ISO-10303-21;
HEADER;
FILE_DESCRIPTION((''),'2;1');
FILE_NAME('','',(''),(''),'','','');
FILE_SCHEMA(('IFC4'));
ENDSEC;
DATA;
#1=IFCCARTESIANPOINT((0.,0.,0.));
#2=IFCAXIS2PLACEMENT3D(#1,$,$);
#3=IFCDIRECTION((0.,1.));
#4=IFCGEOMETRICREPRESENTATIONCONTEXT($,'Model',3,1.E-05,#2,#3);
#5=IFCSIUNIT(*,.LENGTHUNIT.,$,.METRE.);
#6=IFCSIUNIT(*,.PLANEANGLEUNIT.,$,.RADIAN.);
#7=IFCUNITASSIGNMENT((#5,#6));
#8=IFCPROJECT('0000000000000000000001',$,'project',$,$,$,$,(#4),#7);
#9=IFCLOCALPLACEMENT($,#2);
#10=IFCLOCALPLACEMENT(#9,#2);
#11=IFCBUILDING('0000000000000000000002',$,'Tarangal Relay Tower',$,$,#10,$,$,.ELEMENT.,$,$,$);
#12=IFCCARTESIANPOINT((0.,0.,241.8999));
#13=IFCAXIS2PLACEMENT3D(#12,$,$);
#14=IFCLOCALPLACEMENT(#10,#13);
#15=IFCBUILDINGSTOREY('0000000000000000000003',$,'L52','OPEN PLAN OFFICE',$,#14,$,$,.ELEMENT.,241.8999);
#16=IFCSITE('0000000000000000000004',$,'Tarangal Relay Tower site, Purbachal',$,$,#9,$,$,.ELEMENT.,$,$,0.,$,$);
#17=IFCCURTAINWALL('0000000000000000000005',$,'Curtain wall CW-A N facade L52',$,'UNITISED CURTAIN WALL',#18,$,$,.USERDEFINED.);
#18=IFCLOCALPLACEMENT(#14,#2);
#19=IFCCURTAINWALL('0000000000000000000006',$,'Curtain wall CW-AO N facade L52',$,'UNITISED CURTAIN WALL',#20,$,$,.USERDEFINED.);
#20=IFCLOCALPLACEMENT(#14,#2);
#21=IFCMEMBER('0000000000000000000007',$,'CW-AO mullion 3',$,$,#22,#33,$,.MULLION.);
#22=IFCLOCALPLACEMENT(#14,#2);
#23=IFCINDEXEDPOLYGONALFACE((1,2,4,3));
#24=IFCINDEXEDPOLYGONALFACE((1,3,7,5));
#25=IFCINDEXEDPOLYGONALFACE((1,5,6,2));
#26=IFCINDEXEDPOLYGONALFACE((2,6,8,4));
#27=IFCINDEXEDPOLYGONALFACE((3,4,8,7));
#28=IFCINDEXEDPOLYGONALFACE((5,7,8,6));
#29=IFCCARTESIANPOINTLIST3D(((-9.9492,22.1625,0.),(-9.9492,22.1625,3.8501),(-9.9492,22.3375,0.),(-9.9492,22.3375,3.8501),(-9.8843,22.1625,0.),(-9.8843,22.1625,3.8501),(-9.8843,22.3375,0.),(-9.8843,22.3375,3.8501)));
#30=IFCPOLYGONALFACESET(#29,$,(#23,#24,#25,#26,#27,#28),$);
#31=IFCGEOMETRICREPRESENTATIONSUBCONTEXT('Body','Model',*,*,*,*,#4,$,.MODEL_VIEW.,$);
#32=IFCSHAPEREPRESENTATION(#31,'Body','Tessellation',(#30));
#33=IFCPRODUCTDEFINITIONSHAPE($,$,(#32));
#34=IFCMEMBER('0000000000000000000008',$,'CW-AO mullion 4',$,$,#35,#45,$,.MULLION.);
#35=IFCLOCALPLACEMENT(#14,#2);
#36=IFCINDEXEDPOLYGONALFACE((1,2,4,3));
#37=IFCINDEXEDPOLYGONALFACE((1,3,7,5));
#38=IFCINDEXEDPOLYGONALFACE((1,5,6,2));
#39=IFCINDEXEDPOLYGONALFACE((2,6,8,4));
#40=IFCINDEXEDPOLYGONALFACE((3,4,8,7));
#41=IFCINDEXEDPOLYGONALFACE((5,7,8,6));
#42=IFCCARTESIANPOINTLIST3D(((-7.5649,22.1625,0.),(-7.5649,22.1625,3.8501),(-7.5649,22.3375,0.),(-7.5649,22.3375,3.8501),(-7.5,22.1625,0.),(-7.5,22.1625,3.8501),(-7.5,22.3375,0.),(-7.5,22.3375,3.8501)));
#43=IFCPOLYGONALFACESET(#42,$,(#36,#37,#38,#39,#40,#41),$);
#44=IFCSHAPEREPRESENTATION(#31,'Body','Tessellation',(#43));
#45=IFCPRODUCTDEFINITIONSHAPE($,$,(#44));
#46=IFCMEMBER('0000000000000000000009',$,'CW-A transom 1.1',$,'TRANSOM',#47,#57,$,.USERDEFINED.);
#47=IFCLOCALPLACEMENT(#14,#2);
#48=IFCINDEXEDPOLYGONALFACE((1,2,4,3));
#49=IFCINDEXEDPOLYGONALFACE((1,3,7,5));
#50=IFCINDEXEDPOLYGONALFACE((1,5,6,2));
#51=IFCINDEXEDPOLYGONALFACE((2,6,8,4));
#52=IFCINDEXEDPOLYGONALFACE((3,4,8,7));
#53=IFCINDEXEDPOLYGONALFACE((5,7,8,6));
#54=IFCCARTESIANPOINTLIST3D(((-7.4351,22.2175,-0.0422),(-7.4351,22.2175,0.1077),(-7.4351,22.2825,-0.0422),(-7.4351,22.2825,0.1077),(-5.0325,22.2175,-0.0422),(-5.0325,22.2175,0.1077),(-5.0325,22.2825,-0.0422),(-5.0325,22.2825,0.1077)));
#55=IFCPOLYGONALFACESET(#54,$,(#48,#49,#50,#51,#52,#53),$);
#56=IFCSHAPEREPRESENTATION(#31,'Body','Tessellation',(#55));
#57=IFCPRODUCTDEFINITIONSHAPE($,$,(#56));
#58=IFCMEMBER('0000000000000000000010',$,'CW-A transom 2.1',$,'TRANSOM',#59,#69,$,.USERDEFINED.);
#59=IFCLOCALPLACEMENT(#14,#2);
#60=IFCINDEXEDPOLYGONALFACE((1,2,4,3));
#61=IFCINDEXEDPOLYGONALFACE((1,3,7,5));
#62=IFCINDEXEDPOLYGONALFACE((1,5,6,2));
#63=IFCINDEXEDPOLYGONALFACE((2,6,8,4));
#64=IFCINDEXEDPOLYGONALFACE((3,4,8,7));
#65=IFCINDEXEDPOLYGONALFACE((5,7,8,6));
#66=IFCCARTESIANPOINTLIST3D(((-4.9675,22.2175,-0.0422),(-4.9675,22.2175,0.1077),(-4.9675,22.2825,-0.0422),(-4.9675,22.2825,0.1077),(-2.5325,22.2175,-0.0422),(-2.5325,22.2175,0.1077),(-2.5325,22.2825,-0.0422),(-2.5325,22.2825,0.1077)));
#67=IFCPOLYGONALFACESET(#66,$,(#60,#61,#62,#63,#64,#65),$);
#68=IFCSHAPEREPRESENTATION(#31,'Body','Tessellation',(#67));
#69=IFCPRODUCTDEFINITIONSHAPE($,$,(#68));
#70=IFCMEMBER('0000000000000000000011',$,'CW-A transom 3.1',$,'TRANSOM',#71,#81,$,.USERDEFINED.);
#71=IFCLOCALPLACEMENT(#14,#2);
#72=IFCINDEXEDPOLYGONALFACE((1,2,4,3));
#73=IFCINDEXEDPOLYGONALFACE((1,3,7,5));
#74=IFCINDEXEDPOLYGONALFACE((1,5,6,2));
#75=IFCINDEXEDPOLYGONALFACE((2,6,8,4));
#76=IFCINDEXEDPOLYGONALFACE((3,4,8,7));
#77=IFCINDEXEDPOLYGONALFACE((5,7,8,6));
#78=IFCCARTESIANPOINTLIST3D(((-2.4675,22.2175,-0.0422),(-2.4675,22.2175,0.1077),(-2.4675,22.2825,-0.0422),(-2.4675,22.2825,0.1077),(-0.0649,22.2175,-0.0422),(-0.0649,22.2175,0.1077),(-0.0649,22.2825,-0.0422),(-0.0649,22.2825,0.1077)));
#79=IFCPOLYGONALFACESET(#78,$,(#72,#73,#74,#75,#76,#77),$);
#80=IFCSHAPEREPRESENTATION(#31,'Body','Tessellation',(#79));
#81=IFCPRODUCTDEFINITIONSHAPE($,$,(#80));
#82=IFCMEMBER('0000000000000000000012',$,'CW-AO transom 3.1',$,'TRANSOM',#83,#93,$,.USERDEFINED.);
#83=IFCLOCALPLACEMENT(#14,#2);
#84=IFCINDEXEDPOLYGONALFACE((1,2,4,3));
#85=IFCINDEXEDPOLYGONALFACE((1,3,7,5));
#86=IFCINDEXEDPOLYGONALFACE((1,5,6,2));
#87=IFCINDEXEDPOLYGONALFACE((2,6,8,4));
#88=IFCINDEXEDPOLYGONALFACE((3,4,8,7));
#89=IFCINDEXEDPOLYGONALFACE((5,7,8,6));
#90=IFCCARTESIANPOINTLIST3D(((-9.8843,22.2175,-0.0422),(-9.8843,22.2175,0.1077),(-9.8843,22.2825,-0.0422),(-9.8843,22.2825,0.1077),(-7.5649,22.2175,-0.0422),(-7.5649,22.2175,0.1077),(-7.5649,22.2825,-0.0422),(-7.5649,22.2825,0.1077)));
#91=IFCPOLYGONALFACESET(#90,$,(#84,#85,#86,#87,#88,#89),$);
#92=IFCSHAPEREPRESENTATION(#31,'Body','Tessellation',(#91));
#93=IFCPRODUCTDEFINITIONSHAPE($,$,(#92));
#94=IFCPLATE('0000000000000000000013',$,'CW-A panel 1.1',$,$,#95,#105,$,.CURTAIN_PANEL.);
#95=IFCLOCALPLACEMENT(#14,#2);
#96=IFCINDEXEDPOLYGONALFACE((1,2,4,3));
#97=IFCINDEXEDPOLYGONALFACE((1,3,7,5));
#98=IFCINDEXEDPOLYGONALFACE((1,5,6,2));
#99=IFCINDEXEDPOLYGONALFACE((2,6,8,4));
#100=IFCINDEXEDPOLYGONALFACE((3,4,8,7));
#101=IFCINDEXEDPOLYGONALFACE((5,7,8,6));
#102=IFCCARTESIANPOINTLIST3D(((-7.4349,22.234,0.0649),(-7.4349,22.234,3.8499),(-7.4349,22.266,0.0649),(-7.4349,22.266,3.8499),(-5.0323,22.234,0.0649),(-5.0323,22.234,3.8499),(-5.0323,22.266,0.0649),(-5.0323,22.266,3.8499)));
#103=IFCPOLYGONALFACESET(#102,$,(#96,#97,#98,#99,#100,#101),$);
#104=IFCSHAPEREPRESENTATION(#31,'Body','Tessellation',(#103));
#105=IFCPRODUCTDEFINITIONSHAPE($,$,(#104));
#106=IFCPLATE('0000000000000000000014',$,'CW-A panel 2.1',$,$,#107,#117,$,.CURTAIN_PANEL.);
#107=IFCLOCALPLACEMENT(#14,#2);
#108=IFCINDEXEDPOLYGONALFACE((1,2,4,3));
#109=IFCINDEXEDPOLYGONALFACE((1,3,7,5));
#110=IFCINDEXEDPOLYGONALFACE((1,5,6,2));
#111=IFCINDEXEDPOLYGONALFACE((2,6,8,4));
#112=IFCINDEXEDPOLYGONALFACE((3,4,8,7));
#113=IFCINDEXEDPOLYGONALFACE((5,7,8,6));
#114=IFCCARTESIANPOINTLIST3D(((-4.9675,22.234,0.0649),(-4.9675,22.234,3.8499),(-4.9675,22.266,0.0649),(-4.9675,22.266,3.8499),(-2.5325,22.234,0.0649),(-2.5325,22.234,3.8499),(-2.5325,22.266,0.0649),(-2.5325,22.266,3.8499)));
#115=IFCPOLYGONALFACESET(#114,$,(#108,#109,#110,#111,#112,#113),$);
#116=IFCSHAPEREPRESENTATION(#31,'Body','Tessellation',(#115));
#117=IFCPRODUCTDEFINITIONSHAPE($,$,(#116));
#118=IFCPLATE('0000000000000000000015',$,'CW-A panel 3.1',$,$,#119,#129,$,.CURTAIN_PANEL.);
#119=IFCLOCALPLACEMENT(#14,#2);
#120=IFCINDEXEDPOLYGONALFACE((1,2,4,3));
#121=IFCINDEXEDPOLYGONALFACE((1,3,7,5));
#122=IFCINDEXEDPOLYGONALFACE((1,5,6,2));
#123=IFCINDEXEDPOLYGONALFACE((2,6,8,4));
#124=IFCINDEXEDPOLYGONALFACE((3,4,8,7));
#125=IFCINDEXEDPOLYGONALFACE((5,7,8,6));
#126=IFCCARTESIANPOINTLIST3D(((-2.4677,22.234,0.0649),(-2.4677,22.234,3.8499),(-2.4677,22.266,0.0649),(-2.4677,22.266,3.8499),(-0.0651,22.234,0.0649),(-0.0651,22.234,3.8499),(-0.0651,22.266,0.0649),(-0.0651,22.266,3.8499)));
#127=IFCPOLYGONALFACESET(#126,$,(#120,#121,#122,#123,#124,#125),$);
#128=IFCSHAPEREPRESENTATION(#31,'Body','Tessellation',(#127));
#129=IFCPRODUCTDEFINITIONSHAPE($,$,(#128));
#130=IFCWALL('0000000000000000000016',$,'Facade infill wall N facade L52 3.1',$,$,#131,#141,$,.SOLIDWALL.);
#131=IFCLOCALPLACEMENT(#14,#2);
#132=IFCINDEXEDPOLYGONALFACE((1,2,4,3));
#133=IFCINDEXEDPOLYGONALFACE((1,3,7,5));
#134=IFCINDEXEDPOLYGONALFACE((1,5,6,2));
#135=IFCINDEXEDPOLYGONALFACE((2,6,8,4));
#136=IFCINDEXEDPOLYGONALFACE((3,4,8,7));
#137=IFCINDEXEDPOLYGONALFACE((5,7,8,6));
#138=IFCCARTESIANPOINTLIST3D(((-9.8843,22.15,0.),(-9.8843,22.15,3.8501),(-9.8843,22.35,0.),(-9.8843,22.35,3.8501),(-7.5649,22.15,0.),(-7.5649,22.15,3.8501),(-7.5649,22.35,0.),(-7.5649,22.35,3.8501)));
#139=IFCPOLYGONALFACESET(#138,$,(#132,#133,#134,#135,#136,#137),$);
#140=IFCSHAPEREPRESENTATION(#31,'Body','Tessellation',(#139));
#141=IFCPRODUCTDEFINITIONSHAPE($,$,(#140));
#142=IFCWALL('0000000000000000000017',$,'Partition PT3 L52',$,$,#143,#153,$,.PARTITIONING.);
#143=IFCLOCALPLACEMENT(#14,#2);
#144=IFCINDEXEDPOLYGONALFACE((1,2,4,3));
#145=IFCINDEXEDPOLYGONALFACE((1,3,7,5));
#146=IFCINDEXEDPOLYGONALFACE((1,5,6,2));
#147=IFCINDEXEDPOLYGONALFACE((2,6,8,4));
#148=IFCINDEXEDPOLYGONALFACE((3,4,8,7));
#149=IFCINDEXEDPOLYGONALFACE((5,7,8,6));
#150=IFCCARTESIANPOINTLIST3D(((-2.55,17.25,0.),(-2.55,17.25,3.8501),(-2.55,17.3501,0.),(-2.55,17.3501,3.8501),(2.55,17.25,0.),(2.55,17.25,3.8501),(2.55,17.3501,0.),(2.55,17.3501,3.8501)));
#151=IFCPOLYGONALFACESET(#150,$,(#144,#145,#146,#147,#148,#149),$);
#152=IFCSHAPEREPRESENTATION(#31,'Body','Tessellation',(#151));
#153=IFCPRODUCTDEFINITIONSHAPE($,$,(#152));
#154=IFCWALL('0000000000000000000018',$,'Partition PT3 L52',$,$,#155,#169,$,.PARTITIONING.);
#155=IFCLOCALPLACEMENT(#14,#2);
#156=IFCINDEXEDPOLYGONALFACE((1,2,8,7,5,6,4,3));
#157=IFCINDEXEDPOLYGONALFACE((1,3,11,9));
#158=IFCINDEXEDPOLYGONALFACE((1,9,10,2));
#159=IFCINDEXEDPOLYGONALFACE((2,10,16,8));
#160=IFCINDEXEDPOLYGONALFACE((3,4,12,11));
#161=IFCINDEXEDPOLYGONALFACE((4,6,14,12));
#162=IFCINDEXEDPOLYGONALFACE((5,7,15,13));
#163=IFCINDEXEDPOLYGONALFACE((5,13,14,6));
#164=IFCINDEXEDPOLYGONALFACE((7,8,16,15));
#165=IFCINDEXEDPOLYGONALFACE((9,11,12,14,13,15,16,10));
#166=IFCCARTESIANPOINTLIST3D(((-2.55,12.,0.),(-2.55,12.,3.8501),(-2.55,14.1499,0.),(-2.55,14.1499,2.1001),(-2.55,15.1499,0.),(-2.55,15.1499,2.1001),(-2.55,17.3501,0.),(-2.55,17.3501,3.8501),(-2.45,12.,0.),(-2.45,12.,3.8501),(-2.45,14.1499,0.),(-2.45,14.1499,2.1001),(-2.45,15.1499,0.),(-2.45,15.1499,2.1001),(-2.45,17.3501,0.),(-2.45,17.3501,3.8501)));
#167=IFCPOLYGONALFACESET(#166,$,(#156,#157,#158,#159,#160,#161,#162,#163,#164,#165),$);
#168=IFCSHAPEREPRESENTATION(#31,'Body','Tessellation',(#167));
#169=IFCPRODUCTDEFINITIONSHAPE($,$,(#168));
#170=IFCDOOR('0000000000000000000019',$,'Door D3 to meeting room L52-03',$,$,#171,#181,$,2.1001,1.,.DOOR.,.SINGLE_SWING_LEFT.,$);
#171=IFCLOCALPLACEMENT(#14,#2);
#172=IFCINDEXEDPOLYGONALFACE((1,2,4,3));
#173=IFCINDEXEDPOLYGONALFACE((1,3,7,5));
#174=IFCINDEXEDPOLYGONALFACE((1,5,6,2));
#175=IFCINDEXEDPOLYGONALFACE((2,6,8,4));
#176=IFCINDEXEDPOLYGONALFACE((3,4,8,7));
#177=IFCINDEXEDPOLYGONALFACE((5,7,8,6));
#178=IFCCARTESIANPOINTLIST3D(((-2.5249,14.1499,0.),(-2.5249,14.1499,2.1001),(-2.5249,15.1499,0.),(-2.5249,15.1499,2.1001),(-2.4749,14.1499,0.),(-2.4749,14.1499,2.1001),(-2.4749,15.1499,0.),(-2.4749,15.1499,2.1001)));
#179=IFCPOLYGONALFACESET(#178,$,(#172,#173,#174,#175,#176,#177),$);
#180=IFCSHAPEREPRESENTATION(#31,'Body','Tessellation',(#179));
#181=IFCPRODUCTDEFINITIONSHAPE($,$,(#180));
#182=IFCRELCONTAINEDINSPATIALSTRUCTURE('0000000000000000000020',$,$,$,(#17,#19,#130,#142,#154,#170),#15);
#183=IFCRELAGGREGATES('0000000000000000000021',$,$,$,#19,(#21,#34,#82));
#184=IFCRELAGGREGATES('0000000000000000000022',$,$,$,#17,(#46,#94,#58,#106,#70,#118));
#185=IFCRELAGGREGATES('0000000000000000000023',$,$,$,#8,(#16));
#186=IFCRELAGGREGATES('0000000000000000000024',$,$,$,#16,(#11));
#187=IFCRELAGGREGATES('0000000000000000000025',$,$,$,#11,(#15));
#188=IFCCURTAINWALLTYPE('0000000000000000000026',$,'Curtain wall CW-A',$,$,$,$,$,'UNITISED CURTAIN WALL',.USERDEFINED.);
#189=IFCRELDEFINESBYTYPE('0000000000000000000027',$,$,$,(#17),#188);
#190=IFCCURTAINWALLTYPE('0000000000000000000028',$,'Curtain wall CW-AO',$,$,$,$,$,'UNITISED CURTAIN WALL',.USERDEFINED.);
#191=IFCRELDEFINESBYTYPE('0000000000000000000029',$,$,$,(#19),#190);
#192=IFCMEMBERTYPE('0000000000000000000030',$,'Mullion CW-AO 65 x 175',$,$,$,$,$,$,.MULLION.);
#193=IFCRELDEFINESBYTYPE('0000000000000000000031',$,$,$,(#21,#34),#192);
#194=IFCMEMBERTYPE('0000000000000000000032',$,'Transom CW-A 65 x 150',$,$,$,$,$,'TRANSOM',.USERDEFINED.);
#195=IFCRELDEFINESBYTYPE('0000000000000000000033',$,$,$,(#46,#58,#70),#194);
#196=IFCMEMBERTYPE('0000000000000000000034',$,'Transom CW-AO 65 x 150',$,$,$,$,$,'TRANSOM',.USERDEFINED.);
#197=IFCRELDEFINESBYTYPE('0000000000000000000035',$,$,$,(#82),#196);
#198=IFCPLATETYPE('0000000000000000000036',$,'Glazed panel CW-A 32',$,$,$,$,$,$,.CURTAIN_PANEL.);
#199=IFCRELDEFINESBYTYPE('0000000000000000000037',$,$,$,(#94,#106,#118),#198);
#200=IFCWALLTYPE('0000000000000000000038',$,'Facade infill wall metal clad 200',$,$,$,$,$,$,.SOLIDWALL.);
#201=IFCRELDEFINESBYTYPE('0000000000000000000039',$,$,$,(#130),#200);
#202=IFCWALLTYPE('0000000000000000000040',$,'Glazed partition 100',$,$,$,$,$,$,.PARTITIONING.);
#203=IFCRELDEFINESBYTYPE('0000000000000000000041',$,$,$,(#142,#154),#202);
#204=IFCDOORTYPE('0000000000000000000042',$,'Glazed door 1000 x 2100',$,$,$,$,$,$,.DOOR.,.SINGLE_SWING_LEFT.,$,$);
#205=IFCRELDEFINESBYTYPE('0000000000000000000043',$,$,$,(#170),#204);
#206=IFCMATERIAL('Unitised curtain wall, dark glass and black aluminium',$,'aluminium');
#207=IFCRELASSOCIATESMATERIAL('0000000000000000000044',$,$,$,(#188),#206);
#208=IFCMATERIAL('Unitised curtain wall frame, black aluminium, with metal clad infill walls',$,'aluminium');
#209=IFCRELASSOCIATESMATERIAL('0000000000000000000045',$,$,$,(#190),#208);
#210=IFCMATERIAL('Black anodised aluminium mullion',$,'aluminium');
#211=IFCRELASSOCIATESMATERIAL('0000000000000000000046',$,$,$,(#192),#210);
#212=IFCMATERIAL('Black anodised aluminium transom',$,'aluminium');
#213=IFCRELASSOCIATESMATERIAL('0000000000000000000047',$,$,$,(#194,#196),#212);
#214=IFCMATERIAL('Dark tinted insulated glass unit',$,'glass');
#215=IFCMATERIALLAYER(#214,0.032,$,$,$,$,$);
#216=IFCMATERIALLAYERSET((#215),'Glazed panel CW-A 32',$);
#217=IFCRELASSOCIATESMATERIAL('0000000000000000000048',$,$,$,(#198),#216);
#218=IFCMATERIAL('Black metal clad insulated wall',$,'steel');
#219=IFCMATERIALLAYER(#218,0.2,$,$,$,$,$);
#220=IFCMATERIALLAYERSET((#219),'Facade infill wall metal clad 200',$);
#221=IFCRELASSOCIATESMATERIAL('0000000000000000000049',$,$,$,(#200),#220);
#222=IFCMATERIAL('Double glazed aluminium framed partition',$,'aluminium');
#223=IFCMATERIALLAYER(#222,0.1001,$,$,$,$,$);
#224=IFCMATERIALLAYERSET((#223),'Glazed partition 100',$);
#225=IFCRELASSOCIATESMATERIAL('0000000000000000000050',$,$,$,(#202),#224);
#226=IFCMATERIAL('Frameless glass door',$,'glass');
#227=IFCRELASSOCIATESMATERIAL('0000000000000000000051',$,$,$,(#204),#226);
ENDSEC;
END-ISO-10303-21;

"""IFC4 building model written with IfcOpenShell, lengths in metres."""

from ifc_helpers import new_model, si_unit, direction, frame, frame_2d, origin, origin_2d, place, context, subcontext, project, spatial, rectangle, extrude, material, layer, layer_set, material_profile, profile_set, type_object, element, fill, aggregate, save


model = new_model("IFC4")

# Units and contexts
model_context = context("Model", 3, precision=1e-05, world=origin(), true_north=direction((0.0, 1.0)))
body_context = subcontext(model_context, "Body", "Model", "MODEL_VIEW")
ifc_project = project(units=[si_unit("LENGTHUNIT", "METRE"), si_unit("PLANEANGLEUNIT", "RADIAN")], contexts=[model_context])

# Site, building, storey
site_placement = place(None, origin())
site = spatial("IfcSite", under=ifc_project, at=site_placement, Name="Tarangal Relay Tower site, Purbachal", CompositionType="ELEMENT", RefElevation=0.0)
building_placement = place(site_placement, origin())
building = spatial("IfcBuilding", under=site, at=building_placement, Name="Tarangal Relay Tower", CompositionType="ELEMENT")
storey_placement = place(building_placement, frame((0.0, 0.0, 241.8999)))
storey = spatial("IfcBuildingStorey", under=building, at=storey_placement, Name="L52", Description="OPEN PLAN OFFICE", CompositionType="ELEMENT", Elevation=241.8999)

# Curtain walls, members
ifc_material_1 = material(Name="Unitised curtain wall, dark glass and black aluminium", Category="aluminium")
curtain_wall_type_1 = type_object("IfcCurtainWallType", Name="Curtain wall CW-A", ElementType="UNITISED CURTAIN WALL", PredefinedType="USERDEFINED", material=ifc_material_1)
curtain_wall_1_placement = place(storey_placement, origin())
curtain_wall_1 = element("IfcCurtainWall", 1, at=curtain_wall_1_placement, inside=storey, type_object=curtain_wall_type_1, Name="Curtain wall CW-A N facade L52", ObjectType="UNITISED CURTAIN WALL", PredefinedType="USERDEFINED")
ifc_material_2 = material(Name="Black anodised aluminium mullion", Category="aluminium")
ifc_material_3 = material(Name="Unitised curtain wall frame, black aluminium, with metal clad infill walls", Category="aluminium")
curtain_wall_type_2 = type_object("IfcCurtainWallType", Name="Curtain wall CW-AO", ElementType="UNITISED CURTAIN WALL", PredefinedType="USERDEFINED", material=ifc_material_3)
curtain_wall_2_placement = place(storey_placement, origin())
curtain_wall_2 = element("IfcCurtainWall", 2, at=curtain_wall_2_placement, inside=storey, type_object=curtain_wall_type_2, Name="Curtain wall CW-AO N facade L52", ObjectType="UNITISED CURTAIN WALL", PredefinedType="USERDEFINED")
ifc_material_profile_1 = material_profile(ifc_material_2, rectangle(XDim=0.175, YDim=0.0649, at=origin_2d()), Name="CW-AOM 65X175")
ifc_profile_set_1 = profile_set([ifc_material_profile_1], Name="Black anodised aluminium mullion")
member_type_1 = type_object("IfcMemberType", Name="Mullion CW-AO 65 x 175", PredefinedType="MULLION", material=ifc_profile_set_1)
member_1_placement = place(storey_placement, frame((-9.9167, 22.25, 0.0), z_axis=(0.0, 0.0, 1.0), x_axis=(0.0, 1.0, 0.0)))
member_1 = element("IfcMember", 3, at=member_1_placement, type_object=member_type_1, Name="CW-AO mullion 3", PredefinedType="MULLION", context=body_context, shape_type="SweptSolid", body=[
    extrude(rectangle(XDim=0.175, YDim=0.0649, at=origin_2d()), origin(), (0.0, 0.0, 1.0), 3.8501),
])
member_2_placement = place(storey_placement, frame((-7.5325, 22.25, 0.0), z_axis=(0.0, 0.0, 1.0), x_axis=(0.0, 1.0, 0.0)))
member_2 = element("IfcMember", 4, at=member_2_placement, type_object=member_type_1, Name="CW-AO mullion 4", PredefinedType="MULLION", context=body_context, shape_type="SweptSolid", body=[
    extrude(rectangle(XDim=0.175, YDim=0.0649, at=origin_2d()), origin(), (0.0, 0.0, 1.0), 3.8501),
])

# Members
ifc_material_4 = material(Name="Black anodised aluminium transom", Category="aluminium")
ifc_material_profile_2 = material_profile(ifc_material_4, rectangle(XDim=0.0649, YDim=0.1499, at=origin_2d()), Name="CW-AT 65X150")
ifc_profile_set_2 = profile_set([ifc_material_profile_2], Name="Black anodised aluminium transom")
member_type_2 = type_object("IfcMemberType", Name="Transom CW-A 65 x 150", ElementType="TRANSOM", PredefinedType="USERDEFINED", material=ifc_profile_set_2)
member_3_placement = place(storey_placement, frame((-7.4351, 22.25, 0.0327), z_axis=(1.0, 0.0, 0.0), x_axis=(0.0, 1.0, 0.0)))
member_3 = element("IfcMember", 5, at=member_3_placement, type_object=member_type_2, Name="CW-A transom 1.1", ObjectType="TRANSOM", PredefinedType="USERDEFINED", context=body_context, shape_type="SweptSolid", body=[
    extrude(rectangle(XDim=0.0649, YDim=0.1499, at=origin_2d()), origin(), (0.0, 0.0, 1.0), 2.4026),
])
member_4_placement = place(storey_placement, frame((-4.9675, 22.25, 0.0327), z_axis=(1.0, 0.0, 0.0), x_axis=(0.0, 1.0, 0.0)))
member_4 = element("IfcMember", 6, at=member_4_placement, type_object=member_type_2, Name="CW-A transom 2.1", ObjectType="TRANSOM", PredefinedType="USERDEFINED", context=body_context, shape_type="SweptSolid", body=[
    extrude(rectangle(XDim=0.0649, YDim=0.1499, at=origin_2d()), origin(), (0.0, 0.0, 1.0), 2.4351),
])
member_5_placement = place(storey_placement, frame((-2.4675, 22.25, 0.0327), z_axis=(1.0, 0.0, 0.0), x_axis=(0.0, 1.0, 0.0)))
member_5 = element("IfcMember", 7, at=member_5_placement, type_object=member_type_2, Name="CW-A transom 3.1", ObjectType="TRANSOM", PredefinedType="USERDEFINED", context=body_context, shape_type="SweptSolid", body=[
    extrude(rectangle(XDim=0.0649, YDim=0.1499, at=origin_2d()), origin(), (0.0, 0.0, 1.0), 2.4026),
])
ifc_material_profile_3 = material_profile(ifc_material_4, rectangle(XDim=0.0649, YDim=0.1499, at=origin_2d()), Name="CW-AOT 65X150")
ifc_profile_set_3 = profile_set([ifc_material_profile_3], Name="Black anodised aluminium transom")
member_type_3 = type_object("IfcMemberType", Name="Transom CW-AO 65 x 150", ElementType="TRANSOM", PredefinedType="USERDEFINED", material=ifc_profile_set_3)
member_6_placement = place(storey_placement, frame((-9.8843, 22.25, 0.0327), z_axis=(1.0, 0.0, 0.0), x_axis=(0.0, 1.0, 0.0)))
member_6 = element("IfcMember", 8, at=member_6_placement, type_object=member_type_3, Name="CW-AO transom 3.1", ObjectType="TRANSOM", PredefinedType="USERDEFINED", context=body_context, shape_type="SweptSolid", body=[
    extrude(rectangle(XDim=0.0649, YDim=0.1499, at=origin_2d()), origin(), (0.0, 0.0, 1.0), 2.3193),
])
aggregate(curtain_wall_2, [member_1, member_2, member_6])

# Plates
ifc_material_5 = material(Name="Dark tinted insulated glass unit", Category="glass")
ifc_layer_1 = layer(ifc_material_5, 0.032)
ifc_layer_set_1 = layer_set([ifc_layer_1], Name="Glazed panel CW-A 32")
plate_type = type_object("IfcPlateType", Name="Glazed panel CW-A 32", PredefinedType="CURTAIN_PANEL", material=ifc_layer_set_1)
plate_1_placement = place(storey_placement, frame((-6.2336, 22.25, 0.0649), z_axis=(0.0, 0.0, 1.0), x_axis=(1.0, 0.0, 0.0)))
plate_1 = element("IfcPlate", 9, at=plate_1_placement, type_object=plate_type, Name="CW-A panel 1.1", PredefinedType="CURTAIN_PANEL", context=body_context, shape_type="SweptSolid", body=[
    extrude(rectangle(XDim=2.4026, YDim=0.032, at=origin_2d()), origin(), (0.0, 0.0, 1.0), 3.7849),
])
plate_2_placement = place(storey_placement, frame((-3.75, 22.25, 0.0649), z_axis=(0.0, 0.0, 1.0), x_axis=(1.0, 0.0, 0.0)))
plate_2 = element("IfcPlate", 10, at=plate_2_placement, type_object=plate_type, Name="CW-A panel 2.1", PredefinedType="CURTAIN_PANEL", context=body_context, shape_type="SweptSolid", body=[
    extrude(rectangle(XDim=2.4351, YDim=0.032, at=origin_2d()), origin(), (0.0, 0.0, 1.0), 3.7849),
])
plate_3_placement = place(storey_placement, frame((-1.2664, 22.25, 0.0649), z_axis=(0.0, 0.0, 1.0), x_axis=(1.0, 0.0, 0.0)))
plate_3 = element("IfcPlate", 11, at=plate_3_placement, type_object=plate_type, Name="CW-A panel 3.1", PredefinedType="CURTAIN_PANEL", context=body_context, shape_type="SweptSolid", body=[
    extrude(rectangle(XDim=2.4026, YDim=0.032, at=origin_2d()), origin(), (0.0, 0.0, 1.0), 3.7849),
])
aggregate(curtain_wall_1, [member_3, plate_1, member_4, plate_2, member_5, plate_3])

# Walls
ifc_material_6 = material(Name="Black metal clad insulated wall", Category="steel")
ifc_layer_2 = layer(ifc_material_6, 0.2)
ifc_layer_set_2 = layer_set([ifc_layer_2], Name="Facade infill wall metal clad 200")
wall_type_1 = type_object("IfcWallType", Name="Facade infill wall metal clad 200", PredefinedType="SOLIDWALL", material=ifc_layer_set_2)
wall_1_placement = place(storey_placement, frame((-9.8843, 22.25, 0.0), z_axis=(0.0, 0.0, 1.0), x_axis=(1.0, 0.0, 0.0)))
element("IfcWall", 12, at=wall_1_placement, inside=storey, type_object=wall_type_1, Name="Facade infill wall N facade L52 3.1", PredefinedType="SOLIDWALL", context=body_context, shape_type="SweptSolid", body=[
    extrude(rectangle(XDim=2.3193, YDim=0.2, at=frame_2d((1.1597, 0.0))), origin(), (0.0, 0.0, 1.0), 3.8501),
])
ifc_material_7 = material(Name="Double glazed aluminium framed partition", Category="aluminium")
ifc_layer_3 = layer(ifc_material_7, 0.1001)
ifc_layer_set_3 = layer_set([ifc_layer_3], Name="Glazed partition 100")
wall_type_2 = type_object("IfcWallType", Name="Glazed partition 100", PredefinedType="PARTITIONING", material=ifc_layer_set_3)
wall_2_placement = place(storey_placement, frame((-2.55, 17.3, 0.0), z_axis=(0.0, 0.0, 1.0), x_axis=(1.0, 0.0, 0.0)))
element("IfcWall", 13, at=wall_2_placement, inside=storey, type_object=wall_type_2, Name="Partition PT3 L52", PredefinedType="PARTITIONING", context=body_context, shape_type="SweptSolid", body=[
    extrude(rectangle(XDim=5.1001, YDim=0.1001, at=frame_2d((2.55, 0.0))), origin(), (0.0, 0.0, 1.0), 3.8501),
])

# Wall, opening, door
wall_3_placement = place(storey_placement, frame((-2.5, 12.0, 0.0), z_axis=(0.0, 0.0, 1.0), x_axis=(0.0, 1.0, 0.0)))
wall_3 = element("IfcWall", 14, at=wall_3_placement, inside=storey, type_object=wall_type_2, Name="Partition PT3 L52", PredefinedType="PARTITIONING", context=body_context, shape_type="SweptSolid", body=[
    extrude(rectangle(XDim=5.3501, YDim=0.1001, at=frame_2d((2.675, 0.0))), origin(), (0.0, 0.0, 1.0), 3.8501),
])
opening_1_placement = place(wall_3_placement, frame((2.1499, 0.0, 0.0)))
opening_1 = element("IfcOpeningElement", 15, at=opening_1_placement, cuts=wall_3, PredefinedType="OPENING", context=body_context, shape_type="SweptSolid", body=[
    extrude(rectangle(XDim=1.0, YDim=2.1001, at=frame_2d((0.5, 1.05))), frame((0.0, 0.0601, 0.0), z_axis=(0.0, -1.0, 0.0), x_axis=(1.0, 0.0, 0.0)), (0.0, 0.0, 1.0), 0.1201),
])
ifc_material_8 = material(Name="Frameless glass door", Category="glass")
door_type_1 = type_object("IfcDoorType", Name="Glazed door 1000 x 2100", OperationType="SINGLE_SWING_LEFT", PredefinedType="DOOR", material=ifc_material_8)
door_1_placement = place(opening_1_placement, origin())
door_1 = element("IfcDoor", 16, at=door_1_placement, inside=storey, type_object=door_type_1, Name="Door D3 to meeting room L52-03", OperationType="SINGLE_SWING_LEFT", OverallHeight=2.1001, OverallWidth=1.0, PredefinedType="DOOR", context=body_context, shape_type="SweptSolid", body=[
    extrude(rectangle(XDim=1.0, YDim=2.1001, at=frame_2d((0.5, 1.05))), frame((0.0, 0.0249, 0.0), z_axis=(0.0, -1.0, 0.0), x_axis=(1.0, 0.0, 0.0)), (0.0, 0.0, 1.0), 0.05),
])
fill(opening_1, door_1)

save(model, "model.ifc")
